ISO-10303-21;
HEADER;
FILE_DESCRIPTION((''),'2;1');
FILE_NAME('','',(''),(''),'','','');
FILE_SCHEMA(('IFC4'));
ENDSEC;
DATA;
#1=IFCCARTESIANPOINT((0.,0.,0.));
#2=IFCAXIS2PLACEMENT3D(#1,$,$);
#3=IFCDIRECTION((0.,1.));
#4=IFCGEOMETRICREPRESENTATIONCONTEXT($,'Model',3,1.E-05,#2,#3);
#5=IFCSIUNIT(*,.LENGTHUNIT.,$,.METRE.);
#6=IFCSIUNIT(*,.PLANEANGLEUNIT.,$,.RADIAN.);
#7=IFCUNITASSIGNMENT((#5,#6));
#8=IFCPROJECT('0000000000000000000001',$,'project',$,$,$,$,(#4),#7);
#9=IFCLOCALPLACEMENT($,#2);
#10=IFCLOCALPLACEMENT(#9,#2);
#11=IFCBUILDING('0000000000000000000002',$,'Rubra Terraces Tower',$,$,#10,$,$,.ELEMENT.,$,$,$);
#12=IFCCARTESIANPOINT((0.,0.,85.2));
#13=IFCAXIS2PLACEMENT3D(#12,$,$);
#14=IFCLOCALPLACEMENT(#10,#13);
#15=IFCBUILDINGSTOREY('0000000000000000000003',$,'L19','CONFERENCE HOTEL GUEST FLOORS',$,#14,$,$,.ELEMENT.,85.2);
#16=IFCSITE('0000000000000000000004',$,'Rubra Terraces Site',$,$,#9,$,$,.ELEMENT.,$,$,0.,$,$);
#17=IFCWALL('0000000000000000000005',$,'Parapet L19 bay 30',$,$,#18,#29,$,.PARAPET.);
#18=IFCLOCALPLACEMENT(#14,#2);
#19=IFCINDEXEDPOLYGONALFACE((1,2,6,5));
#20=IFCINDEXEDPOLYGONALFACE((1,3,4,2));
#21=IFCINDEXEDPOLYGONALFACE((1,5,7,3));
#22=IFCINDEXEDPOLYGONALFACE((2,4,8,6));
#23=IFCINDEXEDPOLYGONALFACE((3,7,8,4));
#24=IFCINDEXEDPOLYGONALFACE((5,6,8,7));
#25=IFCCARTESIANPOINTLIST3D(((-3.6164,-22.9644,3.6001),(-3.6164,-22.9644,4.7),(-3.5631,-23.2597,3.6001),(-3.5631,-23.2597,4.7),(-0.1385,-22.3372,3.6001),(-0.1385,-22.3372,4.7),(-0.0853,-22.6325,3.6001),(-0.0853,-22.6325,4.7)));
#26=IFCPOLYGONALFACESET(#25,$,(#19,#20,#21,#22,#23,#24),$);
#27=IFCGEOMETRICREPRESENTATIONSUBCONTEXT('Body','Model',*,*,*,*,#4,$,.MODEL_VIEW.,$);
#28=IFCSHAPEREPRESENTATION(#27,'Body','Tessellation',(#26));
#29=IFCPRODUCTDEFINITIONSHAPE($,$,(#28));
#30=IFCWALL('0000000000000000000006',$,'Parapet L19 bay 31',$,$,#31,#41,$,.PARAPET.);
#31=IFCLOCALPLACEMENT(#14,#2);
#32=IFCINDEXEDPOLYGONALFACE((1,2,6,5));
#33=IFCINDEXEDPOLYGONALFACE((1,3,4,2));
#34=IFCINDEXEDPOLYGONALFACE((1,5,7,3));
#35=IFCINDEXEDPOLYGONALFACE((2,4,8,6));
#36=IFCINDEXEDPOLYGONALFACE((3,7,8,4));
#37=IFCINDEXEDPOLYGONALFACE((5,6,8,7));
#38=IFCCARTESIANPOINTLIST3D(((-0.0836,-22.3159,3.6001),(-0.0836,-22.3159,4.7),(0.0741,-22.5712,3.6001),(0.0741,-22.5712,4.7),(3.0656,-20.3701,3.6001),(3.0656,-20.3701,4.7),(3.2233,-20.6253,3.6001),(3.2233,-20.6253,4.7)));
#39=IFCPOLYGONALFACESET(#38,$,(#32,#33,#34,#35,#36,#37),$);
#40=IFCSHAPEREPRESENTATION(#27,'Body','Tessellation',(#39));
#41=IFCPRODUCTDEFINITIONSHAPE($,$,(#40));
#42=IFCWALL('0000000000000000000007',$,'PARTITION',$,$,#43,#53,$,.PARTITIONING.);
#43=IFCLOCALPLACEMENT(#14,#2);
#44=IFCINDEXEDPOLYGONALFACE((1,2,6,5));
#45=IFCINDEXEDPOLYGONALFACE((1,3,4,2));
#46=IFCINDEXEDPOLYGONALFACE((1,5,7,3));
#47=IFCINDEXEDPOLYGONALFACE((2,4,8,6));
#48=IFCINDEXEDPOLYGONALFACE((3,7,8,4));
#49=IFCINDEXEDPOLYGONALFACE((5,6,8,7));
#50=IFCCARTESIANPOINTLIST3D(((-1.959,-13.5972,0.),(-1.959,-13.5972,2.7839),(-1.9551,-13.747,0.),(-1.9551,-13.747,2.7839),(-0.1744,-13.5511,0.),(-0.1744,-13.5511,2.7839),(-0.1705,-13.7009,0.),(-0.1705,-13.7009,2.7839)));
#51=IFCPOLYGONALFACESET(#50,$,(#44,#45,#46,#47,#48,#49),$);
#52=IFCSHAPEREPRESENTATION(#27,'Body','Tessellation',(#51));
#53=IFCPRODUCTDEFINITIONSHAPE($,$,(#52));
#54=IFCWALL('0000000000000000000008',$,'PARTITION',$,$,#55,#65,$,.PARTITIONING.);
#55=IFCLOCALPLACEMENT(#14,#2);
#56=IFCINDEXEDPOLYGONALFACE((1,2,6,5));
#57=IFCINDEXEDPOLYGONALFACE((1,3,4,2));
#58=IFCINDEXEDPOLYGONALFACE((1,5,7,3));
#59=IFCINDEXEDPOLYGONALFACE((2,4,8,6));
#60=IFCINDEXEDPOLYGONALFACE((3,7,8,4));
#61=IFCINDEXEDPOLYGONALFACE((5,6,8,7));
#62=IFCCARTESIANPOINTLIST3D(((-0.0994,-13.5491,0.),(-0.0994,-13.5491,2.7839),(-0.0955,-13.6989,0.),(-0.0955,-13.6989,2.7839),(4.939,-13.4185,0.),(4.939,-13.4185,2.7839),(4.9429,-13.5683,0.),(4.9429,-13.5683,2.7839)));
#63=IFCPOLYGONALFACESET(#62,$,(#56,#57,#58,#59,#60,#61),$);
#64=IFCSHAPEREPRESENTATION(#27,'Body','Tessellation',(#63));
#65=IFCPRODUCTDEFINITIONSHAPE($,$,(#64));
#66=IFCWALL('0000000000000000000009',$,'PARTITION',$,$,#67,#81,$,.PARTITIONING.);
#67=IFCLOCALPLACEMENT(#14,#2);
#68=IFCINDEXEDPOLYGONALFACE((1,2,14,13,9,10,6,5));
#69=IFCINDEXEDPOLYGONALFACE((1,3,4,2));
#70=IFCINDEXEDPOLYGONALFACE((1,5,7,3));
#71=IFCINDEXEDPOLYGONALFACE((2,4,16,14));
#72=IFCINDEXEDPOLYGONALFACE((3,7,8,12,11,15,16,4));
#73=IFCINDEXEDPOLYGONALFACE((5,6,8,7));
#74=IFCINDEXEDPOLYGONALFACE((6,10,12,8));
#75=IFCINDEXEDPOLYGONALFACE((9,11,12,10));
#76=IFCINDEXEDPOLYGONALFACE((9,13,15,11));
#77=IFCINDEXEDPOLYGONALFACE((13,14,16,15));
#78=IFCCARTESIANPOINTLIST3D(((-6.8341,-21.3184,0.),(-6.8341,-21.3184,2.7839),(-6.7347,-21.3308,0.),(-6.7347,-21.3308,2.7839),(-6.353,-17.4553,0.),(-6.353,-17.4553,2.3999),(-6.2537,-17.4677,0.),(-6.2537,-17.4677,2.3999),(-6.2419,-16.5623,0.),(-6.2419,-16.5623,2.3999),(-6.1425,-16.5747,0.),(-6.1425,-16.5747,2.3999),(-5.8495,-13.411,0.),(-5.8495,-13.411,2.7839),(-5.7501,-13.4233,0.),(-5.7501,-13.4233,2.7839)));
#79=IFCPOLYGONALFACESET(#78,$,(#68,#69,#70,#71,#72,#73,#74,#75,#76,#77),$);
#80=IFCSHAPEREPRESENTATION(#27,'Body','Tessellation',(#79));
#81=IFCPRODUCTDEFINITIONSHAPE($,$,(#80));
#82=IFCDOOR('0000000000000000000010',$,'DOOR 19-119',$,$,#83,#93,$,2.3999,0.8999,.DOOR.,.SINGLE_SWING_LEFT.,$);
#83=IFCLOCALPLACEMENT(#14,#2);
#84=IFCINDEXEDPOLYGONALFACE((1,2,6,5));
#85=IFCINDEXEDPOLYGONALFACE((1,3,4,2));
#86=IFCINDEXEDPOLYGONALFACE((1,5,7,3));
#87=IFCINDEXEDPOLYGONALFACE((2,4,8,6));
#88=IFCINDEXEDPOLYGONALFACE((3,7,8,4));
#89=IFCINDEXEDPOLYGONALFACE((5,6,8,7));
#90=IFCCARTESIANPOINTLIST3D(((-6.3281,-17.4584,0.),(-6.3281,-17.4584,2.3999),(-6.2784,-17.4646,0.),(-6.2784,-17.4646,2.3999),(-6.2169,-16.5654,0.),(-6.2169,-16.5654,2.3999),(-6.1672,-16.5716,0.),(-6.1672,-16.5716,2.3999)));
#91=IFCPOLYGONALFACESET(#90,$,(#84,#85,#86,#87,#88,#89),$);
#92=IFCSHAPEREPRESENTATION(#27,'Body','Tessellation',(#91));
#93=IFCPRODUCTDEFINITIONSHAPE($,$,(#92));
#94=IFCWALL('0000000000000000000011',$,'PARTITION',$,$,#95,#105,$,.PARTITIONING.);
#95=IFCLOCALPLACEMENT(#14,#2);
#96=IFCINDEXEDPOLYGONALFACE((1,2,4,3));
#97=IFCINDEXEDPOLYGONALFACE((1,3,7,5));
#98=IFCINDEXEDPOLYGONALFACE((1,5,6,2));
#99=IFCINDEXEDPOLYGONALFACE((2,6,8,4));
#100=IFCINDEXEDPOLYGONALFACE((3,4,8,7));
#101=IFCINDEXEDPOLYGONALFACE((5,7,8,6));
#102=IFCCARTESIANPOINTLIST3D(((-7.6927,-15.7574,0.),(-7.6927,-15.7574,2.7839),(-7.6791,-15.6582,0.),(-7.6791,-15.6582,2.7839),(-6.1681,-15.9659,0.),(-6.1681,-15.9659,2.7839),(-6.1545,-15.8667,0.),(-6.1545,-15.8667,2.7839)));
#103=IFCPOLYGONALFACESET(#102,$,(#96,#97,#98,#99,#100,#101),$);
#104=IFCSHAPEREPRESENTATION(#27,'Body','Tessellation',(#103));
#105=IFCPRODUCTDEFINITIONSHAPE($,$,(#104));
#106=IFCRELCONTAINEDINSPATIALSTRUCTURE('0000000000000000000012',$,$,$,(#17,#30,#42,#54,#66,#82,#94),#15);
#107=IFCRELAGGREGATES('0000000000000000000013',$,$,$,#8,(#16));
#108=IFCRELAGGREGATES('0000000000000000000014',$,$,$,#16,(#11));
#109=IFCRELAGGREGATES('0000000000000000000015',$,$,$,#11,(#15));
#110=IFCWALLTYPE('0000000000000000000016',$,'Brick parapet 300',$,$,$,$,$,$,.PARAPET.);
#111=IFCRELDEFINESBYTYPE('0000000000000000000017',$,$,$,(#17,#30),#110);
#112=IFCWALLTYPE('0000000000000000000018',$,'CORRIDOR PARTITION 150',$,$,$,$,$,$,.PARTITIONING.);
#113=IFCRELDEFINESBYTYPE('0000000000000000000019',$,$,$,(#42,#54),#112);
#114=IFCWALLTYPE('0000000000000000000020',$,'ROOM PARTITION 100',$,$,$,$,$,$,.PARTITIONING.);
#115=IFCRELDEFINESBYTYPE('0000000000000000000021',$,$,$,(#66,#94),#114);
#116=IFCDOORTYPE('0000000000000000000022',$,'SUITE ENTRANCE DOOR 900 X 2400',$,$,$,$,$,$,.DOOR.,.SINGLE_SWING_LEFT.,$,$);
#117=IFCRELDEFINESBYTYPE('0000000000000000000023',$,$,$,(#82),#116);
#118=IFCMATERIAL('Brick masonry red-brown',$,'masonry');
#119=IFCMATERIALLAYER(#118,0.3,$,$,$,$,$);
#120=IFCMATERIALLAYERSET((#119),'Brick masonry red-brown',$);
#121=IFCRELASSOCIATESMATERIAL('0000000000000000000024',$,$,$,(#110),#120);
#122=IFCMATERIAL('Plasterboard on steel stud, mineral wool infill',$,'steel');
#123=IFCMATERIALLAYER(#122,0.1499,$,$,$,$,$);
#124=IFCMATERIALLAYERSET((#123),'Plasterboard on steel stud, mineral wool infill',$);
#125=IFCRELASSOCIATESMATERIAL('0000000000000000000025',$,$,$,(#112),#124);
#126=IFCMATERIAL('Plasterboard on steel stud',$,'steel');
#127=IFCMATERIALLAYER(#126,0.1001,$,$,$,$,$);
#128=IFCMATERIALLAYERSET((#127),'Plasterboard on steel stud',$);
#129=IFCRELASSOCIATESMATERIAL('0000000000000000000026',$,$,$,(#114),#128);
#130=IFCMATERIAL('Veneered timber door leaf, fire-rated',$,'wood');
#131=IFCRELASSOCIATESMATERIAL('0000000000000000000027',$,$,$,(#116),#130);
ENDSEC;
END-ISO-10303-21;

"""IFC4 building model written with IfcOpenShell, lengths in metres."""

from ifc_helpers import new_model, si_unit, direction, frame, frame_2d, origin, place, context, subcontext, project, spatial, rectangle, extrude, material, layer, layer_set, type_object, element, fill, save


model = new_model("IFC4")

# Units and contexts
model_context = context("Model", 3, precision=1e-05, world=origin(), true_north=direction((0.0, 1.0)))
body_context = subcontext(model_context, "Body", "Model", "MODEL_VIEW")
ifc_project = project(units=[si_unit("LENGTHUNIT", "METRE"), si_unit("PLANEANGLEUNIT", "RADIAN")], contexts=[model_context])

# Site, building, storey
site_placement = place(None, origin())
site = spatial("IfcSite", under=ifc_project, at=site_placement, Name="Rubra Terraces Site", CompositionType="ELEMENT", RefElevation=0.0)
building_placement = place(site_placement, origin())
building = spatial("IfcBuilding", under=site, at=building_placement, Name="Rubra Terraces Tower", CompositionType="ELEMENT")
storey_placement = place(building_placement, frame((0.0, 0.0, 85.2)))
storey = spatial("IfcBuildingStorey", under=building, at=storey_placement, Name="L19", Description="CONFERENCE HOTEL GUEST FLOORS", CompositionType="ELEMENT", Elevation=85.2)

# Shared definitions
ifc_material_1 = material(Name="Brick masonry red-brown", Category="masonry")

# Walls
ifc_layer_1 = layer(ifc_material_1, 0.3)
ifc_layer_set_1 = layer_set([ifc_layer_1], Name="Brick masonry red-brown")
wall_type_1 = type_object("IfcWallType", Name="Brick parapet 300", PredefinedType="PARAPET", material=ifc_layer_set_1)
wall_1_placement = place(storey_placement, frame((-3.5898, -23.1121, 3.6001), z_axis=(0.0, 0.0, 1.0), x_axis=(0.984124, 0.177481, 0.0)))
element("IfcWall", 1, at=wall_1_placement, inside=storey, type_object=wall_type_1, Name="Parapet L19 bay 30", PredefinedType="PARAPET", context=body_context, shape_type="SweptSolid", body=[
    extrude(rectangle(XDim=3.5339, YDim=0.3, at=frame_2d((1.7671, 0.0))), origin(), (0.0, 0.0, 1.0), 1.0999),
])
wall_2_placement = place(storey_placement, frame((-0.0049, -22.4436, 3.6001), z_axis=(0.0, 0.0, 1.0), x_axis=(0.85071, 0.525635, 0.0)))
element("IfcWall", 2, at=wall_2_placement, inside=storey, type_object=wall_type_1, Name="Parapet L19 bay 31", PredefinedType="PARAPET", context=body_context, shape_type="SweptSolid", body=[
    extrude(rectangle(XDim=3.7019, YDim=0.3, at=frame_2d((1.8511, 0.0))), origin(), (0.0, 0.0, 1.0), 1.0999),
])
ifc_material_2 = material(Name="Plasterboard on steel stud, mineral wool infill", Category="steel")
ifc_layer_2 = layer(ifc_material_2, 0.1499)
ifc_layer_set_2 = layer_set([ifc_layer_2], Name="Plasterboard on steel stud, mineral wool infill")
wall_type_2 = type_object("IfcWallType", Name="CORRIDOR PARTITION 150", PredefinedType="PARTITIONING", material=ifc_layer_set_2)
wall_3_placement = place(storey_placement, frame((-1.957, -13.6721, 0.0), z_axis=(0.0, 0.0, 1.0), x_axis=(0.999666, 0.025846, 0.0)))
element("IfcWall", 3, at=wall_3_placement, inside=storey, type_object=wall_type_2, Name="PARTITION", PredefinedType="PARTITIONING", context=body_context, shape_type="SweptSolid", body=[
    extrude(rectangle(XDim=1.7852, YDim=0.1499, at=frame_2d((0.8926, 0.0))), origin(), (0.0, 0.0, 1.0), 2.7839),
])
wall_4_placement = place(storey_placement, frame((-0.0974, -13.624, 0.0), z_axis=(0.0, 0.0, 1.0), x_axis=(0.999664, 0.025916, 0.0)))
element("IfcWall", 4, at=wall_4_placement, inside=storey, type_object=wall_type_2, Name="PARTITION", PredefinedType="PARTITIONING", context=body_context, shape_type="SweptSolid", body=[
    extrude(rectangle(XDim=5.04, YDim=0.1499, at=frame_2d((2.52, 0.0))), origin(), (0.0, 0.0, 1.0), 2.7839),
])

# Wall, opening, door
ifc_material_3 = material(Name="Plasterboard on steel stud", Category="steel")
ifc_layer_3 = layer(ifc_material_3, 0.1001)
ifc_layer_set_3 = layer_set([ifc_layer_3], Name="Plasterboard on steel stud")
wall_type_3 = type_object("IfcWallType", Name="ROOM PARTITION 100", PredefinedType="PARTITIONING", material=ifc_layer_set_3)
wall_5_placement = place(storey_placement, frame((-6.7844, -21.3247, 0.0), z_axis=(0.0, 0.0, 1.0), x_axis=(0.123563, 0.992337, 0.0)))
wall_5 = element("IfcWall", 5, at=wall_5_placement, inside=storey, type_object=wall_type_3, Name="PARTITION", PredefinedType="PARTITIONING", context=body_context, shape_type="SweptSolid", body=[
    extrude(rectangle(XDim=7.9685, YDim=0.1001, at=frame_2d((3.9844, 0.0))), origin(), (0.0, 0.0, 1.0), 2.7839),
])
opening_1_placement = place(wall_5_placement, frame((3.8931, 0.0, 0.0)))
opening_1 = element("IfcOpeningElement", 6, at=opening_1_placement, cuts=wall_5, PredefinedType="OPENING", context=body_context, shape_type="SweptSolid", body=[
    extrude(rectangle(XDim=0.8999, YDim=2.3999, at=frame_2d((0.45, 1.2))), frame((0.0, 0.0601, 0.0), z_axis=(0.0, -1.0, 0.0), x_axis=(1.0, 0.0, 0.0)), (0.0, 0.0, 1.0), 0.1201),
])
ifc_material_4 = material(Name="Veneered timber door leaf, fire-rated", Category="wood")
door_type = type_object("IfcDoorType", Name="SUITE ENTRANCE DOOR 900 X 2400", OperationType="SINGLE_SWING_LEFT", PredefinedType="DOOR", material=ifc_material_4)
door_placement = place(opening_1_placement, origin())
door = element("IfcDoor", 7, at=door_placement, inside=storey, type_object=door_type, Name="DOOR 19-119", OperationType="SINGLE_SWING_LEFT", OverallHeight=2.3999, OverallWidth=0.8999, PredefinedType="DOOR", context=body_context, shape_type="SweptSolid", body=[
    extrude(rectangle(XDim=0.8999, YDim=2.3999, at=frame_2d((0.45, 1.2))), frame((0.0, 0.0249, 0.0), z_axis=(0.0, -1.0, 0.0), x_axis=(1.0, 0.0, 0.0)), (0.0, 0.0, 1.0), 0.05),
])
fill(opening_1, door)

# Wall
wall_6_placement = place(storey_placement, frame((-7.686, -15.7078, 0.0), z_axis=(0.0, 0.0, 1.0), x_axis=(0.990779, -0.135488, 0.0)))
element("IfcWall", 8, at=wall_6_placement, inside=storey, type_object=wall_type_3, Name="PARTITION", PredefinedType="PARTITIONING", context=body_context, shape_type="SweptSolid", body=[
    extrude(rectangle(XDim=1.5388, YDim=0.1001, at=frame_2d((0.7695, 0.0))), origin(), (0.0, 0.0, 1.0), 2.7839),
])

save(model, "model.ifc")
